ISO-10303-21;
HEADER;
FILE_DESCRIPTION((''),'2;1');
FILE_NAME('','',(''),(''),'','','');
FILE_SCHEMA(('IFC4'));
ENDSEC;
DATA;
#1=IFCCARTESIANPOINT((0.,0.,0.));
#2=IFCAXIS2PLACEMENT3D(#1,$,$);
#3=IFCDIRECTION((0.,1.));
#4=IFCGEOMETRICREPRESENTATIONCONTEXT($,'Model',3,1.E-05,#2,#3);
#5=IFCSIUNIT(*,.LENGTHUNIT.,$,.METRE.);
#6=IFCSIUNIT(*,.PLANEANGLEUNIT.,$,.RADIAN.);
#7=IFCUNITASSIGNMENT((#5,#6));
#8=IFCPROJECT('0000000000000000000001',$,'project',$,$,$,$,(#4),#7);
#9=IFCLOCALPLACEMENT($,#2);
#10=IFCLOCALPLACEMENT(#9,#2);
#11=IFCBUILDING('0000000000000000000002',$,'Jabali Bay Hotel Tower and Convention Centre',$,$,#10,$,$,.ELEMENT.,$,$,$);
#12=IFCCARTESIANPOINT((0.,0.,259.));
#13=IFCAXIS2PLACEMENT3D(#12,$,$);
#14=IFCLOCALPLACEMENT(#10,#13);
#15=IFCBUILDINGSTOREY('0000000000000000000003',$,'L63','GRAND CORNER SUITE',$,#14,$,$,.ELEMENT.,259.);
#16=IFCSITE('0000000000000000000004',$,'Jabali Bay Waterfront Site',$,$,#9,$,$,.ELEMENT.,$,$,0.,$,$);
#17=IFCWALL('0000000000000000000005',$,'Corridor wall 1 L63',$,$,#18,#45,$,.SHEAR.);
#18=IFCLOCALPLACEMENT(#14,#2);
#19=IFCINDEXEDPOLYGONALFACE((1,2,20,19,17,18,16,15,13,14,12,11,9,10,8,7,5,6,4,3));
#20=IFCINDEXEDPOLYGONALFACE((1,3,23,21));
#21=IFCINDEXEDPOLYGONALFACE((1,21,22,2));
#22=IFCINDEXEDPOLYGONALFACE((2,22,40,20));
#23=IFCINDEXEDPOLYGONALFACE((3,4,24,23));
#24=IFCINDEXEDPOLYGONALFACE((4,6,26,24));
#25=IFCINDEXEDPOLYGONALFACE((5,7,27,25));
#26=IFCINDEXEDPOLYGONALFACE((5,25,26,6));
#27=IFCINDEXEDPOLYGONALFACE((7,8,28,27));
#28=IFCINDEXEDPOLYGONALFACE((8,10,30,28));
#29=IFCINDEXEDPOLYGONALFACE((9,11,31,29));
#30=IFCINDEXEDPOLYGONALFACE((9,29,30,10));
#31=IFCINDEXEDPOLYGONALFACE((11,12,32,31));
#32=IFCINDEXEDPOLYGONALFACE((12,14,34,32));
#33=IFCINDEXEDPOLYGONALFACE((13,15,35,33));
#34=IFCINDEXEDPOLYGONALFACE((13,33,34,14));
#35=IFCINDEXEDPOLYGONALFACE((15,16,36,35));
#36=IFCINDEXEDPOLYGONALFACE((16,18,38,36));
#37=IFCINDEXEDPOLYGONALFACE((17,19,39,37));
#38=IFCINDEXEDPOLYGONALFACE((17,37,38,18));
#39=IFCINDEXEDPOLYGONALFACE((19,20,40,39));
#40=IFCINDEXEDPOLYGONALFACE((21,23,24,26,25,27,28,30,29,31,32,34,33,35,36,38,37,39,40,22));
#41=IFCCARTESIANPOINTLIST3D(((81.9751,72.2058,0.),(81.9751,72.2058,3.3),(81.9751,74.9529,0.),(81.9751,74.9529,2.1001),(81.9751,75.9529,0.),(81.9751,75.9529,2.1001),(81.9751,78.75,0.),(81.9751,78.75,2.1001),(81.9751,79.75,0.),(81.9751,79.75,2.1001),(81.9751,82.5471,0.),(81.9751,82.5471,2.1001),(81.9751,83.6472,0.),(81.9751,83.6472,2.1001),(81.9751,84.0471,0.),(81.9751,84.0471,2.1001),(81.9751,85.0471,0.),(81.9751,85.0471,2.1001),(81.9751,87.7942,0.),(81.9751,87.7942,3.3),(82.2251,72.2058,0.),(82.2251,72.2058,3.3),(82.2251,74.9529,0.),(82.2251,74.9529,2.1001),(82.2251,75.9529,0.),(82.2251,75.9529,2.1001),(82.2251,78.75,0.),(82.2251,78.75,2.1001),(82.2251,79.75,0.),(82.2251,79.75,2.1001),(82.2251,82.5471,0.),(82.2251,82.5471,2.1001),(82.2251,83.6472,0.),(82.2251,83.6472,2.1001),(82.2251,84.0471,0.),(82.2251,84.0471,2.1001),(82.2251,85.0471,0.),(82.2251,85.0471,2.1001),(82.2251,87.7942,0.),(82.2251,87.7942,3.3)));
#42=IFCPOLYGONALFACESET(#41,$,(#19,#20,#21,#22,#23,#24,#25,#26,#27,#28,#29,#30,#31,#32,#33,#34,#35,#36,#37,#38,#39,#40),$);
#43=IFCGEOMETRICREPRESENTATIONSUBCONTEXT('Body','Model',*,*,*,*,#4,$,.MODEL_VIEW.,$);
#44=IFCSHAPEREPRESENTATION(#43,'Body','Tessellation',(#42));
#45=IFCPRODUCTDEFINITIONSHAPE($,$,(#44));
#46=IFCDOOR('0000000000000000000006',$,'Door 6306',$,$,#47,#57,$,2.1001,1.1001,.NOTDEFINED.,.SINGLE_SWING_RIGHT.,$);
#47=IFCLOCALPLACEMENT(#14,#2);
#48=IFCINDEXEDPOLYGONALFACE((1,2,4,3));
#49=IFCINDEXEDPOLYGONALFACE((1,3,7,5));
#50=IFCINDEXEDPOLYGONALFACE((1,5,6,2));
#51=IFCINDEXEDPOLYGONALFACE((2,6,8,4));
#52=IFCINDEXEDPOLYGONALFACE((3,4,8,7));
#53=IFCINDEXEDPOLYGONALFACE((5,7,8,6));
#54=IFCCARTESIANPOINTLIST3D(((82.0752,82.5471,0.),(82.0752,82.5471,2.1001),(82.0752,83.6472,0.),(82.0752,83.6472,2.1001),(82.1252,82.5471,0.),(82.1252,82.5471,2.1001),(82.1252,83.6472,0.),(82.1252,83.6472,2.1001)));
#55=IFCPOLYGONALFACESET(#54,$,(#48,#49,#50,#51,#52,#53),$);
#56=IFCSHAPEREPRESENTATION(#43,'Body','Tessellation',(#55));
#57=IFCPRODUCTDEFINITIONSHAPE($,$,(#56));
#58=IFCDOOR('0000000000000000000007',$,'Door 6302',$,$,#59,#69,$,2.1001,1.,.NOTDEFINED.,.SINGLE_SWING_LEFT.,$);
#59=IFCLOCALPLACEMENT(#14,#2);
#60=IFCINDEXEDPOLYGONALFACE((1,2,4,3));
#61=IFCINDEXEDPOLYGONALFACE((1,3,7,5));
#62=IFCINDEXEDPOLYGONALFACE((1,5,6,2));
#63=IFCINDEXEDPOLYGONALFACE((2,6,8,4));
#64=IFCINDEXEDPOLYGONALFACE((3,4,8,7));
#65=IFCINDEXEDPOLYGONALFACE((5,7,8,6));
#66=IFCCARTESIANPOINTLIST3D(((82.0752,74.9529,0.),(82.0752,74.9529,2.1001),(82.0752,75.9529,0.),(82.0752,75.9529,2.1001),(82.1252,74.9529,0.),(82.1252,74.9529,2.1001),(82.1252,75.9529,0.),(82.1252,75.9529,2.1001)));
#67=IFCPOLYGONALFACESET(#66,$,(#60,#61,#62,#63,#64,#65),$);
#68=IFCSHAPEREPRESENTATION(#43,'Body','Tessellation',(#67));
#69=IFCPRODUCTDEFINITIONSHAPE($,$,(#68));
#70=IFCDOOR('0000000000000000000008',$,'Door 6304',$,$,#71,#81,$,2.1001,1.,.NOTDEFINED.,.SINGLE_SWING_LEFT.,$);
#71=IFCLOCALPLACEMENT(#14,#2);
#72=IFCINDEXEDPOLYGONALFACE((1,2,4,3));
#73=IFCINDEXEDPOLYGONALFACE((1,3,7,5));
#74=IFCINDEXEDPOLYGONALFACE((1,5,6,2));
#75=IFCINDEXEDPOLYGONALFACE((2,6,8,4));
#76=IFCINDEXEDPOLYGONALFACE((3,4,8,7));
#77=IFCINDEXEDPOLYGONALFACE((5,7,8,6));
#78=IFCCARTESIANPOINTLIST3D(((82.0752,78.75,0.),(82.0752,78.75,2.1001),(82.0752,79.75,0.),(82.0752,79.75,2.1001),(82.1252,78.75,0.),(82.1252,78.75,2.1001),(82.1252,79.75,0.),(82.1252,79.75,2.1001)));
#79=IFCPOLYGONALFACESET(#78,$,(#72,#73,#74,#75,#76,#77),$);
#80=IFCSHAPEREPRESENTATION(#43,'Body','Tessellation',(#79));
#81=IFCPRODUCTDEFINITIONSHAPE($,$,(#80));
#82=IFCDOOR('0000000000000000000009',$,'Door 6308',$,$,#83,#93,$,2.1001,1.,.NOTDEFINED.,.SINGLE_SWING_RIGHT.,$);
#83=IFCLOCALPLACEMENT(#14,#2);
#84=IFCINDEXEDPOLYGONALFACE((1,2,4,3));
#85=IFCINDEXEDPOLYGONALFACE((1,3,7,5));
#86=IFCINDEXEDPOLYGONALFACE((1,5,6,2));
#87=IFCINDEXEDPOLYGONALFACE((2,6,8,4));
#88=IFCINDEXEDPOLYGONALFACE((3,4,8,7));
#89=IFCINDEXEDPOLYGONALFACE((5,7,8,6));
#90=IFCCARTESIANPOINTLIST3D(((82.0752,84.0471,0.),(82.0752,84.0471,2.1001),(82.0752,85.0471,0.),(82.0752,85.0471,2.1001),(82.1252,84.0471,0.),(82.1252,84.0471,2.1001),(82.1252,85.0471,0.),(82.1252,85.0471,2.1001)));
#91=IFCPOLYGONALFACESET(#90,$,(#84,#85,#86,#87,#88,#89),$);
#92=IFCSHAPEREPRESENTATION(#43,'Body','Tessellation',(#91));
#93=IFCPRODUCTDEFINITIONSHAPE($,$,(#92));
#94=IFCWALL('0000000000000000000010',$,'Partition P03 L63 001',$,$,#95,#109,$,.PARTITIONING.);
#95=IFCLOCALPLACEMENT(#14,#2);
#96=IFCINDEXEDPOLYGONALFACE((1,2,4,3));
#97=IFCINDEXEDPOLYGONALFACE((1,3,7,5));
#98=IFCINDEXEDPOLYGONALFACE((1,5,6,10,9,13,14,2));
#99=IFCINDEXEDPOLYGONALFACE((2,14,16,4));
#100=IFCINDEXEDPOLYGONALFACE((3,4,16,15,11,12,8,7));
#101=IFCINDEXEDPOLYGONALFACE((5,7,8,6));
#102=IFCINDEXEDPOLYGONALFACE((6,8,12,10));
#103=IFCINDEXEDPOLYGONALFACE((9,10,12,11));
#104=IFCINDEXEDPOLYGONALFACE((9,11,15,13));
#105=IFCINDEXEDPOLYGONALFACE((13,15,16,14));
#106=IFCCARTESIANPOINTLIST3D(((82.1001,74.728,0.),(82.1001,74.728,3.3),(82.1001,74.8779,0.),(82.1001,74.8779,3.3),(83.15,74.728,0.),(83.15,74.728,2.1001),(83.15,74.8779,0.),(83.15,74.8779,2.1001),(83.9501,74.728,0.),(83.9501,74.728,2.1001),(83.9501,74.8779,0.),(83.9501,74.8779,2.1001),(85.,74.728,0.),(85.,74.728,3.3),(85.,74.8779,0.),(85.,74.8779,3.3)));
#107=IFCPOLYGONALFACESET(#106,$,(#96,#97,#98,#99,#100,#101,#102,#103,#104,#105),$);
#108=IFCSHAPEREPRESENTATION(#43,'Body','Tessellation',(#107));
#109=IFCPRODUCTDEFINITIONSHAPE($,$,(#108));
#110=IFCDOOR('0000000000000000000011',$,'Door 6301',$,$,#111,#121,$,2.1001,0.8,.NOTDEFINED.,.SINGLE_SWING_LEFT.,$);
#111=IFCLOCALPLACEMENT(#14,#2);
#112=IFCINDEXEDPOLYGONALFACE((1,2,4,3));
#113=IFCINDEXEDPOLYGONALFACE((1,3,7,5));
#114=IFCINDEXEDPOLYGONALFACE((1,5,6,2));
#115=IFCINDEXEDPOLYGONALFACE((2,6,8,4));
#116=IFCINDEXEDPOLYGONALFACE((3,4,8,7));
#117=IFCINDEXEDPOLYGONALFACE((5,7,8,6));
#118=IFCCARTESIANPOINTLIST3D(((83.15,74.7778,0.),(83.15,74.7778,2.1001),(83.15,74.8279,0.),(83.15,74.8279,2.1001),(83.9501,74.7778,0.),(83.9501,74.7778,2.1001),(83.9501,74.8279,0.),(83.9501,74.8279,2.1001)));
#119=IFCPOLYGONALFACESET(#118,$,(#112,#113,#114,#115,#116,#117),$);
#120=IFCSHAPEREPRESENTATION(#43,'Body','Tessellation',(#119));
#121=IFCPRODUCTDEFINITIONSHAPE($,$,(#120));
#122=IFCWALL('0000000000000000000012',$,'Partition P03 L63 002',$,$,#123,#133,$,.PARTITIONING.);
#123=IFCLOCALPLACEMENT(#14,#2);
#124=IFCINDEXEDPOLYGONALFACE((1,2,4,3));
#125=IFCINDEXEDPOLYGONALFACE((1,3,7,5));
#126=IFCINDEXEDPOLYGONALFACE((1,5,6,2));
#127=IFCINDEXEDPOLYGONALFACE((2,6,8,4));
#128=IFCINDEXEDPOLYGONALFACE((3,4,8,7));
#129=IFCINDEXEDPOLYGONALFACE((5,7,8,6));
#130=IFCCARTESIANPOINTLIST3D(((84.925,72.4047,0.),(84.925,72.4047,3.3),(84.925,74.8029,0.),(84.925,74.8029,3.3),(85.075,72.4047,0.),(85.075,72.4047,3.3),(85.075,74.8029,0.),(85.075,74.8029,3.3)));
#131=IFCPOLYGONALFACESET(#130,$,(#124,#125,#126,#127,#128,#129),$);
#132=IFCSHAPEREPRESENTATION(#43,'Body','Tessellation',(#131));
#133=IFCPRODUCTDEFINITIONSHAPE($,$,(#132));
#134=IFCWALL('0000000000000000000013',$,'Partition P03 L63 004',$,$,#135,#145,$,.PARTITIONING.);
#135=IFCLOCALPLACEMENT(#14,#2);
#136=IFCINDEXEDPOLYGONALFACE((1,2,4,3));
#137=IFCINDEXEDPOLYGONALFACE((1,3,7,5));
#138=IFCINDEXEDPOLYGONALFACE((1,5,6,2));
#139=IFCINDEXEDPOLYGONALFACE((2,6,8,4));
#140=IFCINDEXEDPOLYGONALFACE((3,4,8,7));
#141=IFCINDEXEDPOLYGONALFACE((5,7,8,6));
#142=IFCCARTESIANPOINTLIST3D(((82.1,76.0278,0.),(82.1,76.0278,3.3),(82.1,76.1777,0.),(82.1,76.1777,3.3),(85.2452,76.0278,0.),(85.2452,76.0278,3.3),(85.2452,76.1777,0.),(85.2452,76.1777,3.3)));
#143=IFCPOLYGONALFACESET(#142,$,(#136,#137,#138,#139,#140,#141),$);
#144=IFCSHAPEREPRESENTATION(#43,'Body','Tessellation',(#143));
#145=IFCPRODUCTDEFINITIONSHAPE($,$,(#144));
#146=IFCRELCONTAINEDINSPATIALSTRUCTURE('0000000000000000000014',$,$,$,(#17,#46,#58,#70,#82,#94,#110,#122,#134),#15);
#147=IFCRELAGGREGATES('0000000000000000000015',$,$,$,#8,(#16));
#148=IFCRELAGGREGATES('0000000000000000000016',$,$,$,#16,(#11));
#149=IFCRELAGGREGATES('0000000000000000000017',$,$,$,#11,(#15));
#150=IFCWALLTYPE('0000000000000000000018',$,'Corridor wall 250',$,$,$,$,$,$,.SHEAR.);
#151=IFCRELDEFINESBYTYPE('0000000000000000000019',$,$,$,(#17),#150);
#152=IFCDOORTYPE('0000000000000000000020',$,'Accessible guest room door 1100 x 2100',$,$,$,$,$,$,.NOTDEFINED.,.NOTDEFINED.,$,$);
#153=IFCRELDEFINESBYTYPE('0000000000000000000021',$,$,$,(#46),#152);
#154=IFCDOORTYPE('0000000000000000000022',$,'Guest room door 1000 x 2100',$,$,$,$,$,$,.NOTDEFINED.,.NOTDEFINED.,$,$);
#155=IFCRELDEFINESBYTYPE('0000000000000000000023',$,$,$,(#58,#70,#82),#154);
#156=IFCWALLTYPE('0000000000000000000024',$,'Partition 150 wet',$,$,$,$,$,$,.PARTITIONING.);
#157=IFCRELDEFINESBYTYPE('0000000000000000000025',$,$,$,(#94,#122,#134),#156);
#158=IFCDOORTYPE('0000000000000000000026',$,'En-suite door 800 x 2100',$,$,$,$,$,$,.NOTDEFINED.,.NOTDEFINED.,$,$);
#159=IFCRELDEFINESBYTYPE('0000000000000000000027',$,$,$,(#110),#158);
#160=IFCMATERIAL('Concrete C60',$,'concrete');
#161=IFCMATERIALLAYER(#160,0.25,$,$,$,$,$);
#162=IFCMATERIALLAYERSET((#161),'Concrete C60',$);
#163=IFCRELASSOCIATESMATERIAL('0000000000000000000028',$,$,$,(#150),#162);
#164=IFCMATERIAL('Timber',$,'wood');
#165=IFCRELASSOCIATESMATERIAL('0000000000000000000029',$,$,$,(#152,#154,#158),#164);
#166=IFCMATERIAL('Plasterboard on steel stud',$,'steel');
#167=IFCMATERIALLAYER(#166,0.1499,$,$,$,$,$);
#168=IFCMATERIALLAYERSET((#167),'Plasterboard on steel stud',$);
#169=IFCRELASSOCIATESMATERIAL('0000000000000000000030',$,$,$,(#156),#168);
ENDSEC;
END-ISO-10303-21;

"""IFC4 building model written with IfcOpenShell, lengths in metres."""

from ifc_helpers import new_model, si_unit, direction, frame, frame_2d, origin, place, context, subcontext, project, spatial, rectangle, extrude, material, layer, layer_set, type_object, element, fill, save


model = new_model("IFC4")

# Units and contexts
model_context = context("Model", 3, precision=1e-05, world=origin(), true_north=direction((0.0, 1.0)))
body_context = subcontext(model_context, "Body", "Model", "MODEL_VIEW")
ifc_project = project(units=[si_unit("LENGTHUNIT", "METRE"), si_unit("PLANEANGLEUNIT", "RADIAN")], contexts=[model_context])

# Site, building, storey
site_placement = place(None, origin())
site = spatial("IfcSite", under=ifc_project, at=site_placement, Name="Jabali Bay Waterfront Site", CompositionType="ELEMENT", RefElevation=0.0)
building_placement = place(site_placement, origin())
building = spatial("IfcBuilding", under=site, at=building_placement, Name="Jabali Bay Hotel Tower and Convention Centre", CompositionType="ELEMENT")
storey_placement = place(building_placement, frame((0.0, 0.0, 259.0)))
storey = spatial("IfcBuildingStorey", under=building, at=storey_placement, Name="L63", Description="GRAND CORNER SUITE", CompositionType="ELEMENT", Elevation=259.0)

# Shared definitions
ifc_material_1 = material(Name="Concrete C60", Category="concrete")

# Wall, openings, doors
ifc_layer_1 = layer(ifc_material_1, 0.25)
ifc_layer_set_1 = layer_set([ifc_layer_1], Name="Concrete C60")
wall_type_1 = type_object("IfcWallType", Name="Corridor wall 250", PredefinedType="SHEAR", material=ifc_layer_set_1)
wall_1_placement = place(storey_placement, frame((82.1001, 72.2058, 0.0), z_axis=(0.0, 0.0, 1.0), x_axis=(0.0, 1.0, 0.0)))
wall_1 = element("IfcWall", 1, at=wall_1_placement, inside=storey, type_object=wall_type_1, Name="Corridor wall 1 L63", PredefinedType="SHEAR", context=body_context, shape_type="SweptSolid", body=[
    extrude(rectangle(XDim=15.5884, YDim=0.25, at=frame_2d((7.7942, 0.0))), origin(), (0.0, 0.0, 1.0), 3.3),
])
opening_1_placement = place(wall_1_placement, frame((2.7471, 0.0, 0.0)))
opening_1 = element("IfcOpeningElement", 2, at=opening_1_placement, cuts=wall_1, PredefinedType="OPENING", context=body_context, shape_type="SweptSolid", body=[
    extrude(rectangle(XDim=1.0, YDim=2.1001, at=frame_2d((0.5, 1.05))), frame((0.0, 0.1355, 0.0), z_axis=(0.0, -1.0, 0.0), x_axis=(1.0, 0.0, 0.0)), (0.0, 0.0, 1.0), 0.271),
])
opening_2_placement = place(wall_1_placement, frame((6.5442, 0.0, 0.0)))
opening_2 = element("IfcOpeningElement", 3, at=opening_2_placement, cuts=wall_1, PredefinedType="OPENING", context=body_context, shape_type="SweptSolid", body=[
    extrude(rectangle(XDim=1.0, YDim=2.1001, at=frame_2d((0.5, 1.05))), frame((0.0, 0.1355, 0.0), z_axis=(0.0, -1.0, 0.0), x_axis=(1.0, 0.0, 0.0)), (0.0, 0.0, 1.0), 0.271),
])
opening_3_placement = place(wall_1_placement, frame((10.3413, 0.0, 0.0)))
opening_3 = element("IfcOpeningElement", 4, at=opening_3_placement, cuts=wall_1, PredefinedType="OPENING", context=body_context, shape_type="SweptSolid", body=[
    extrude(rectangle(XDim=1.1001, YDim=2.1001, at=frame_2d((0.55, 1.05))), frame((0.0, 0.1355, 0.0), z_axis=(0.0, -1.0, 0.0), x_axis=(1.0, 0.0, 0.0)), (0.0, 0.0, 1.0), 0.271),
])
opening_4_placement = place(wall_1_placement, frame((11.8413, 0.0, 0.0)))
opening_4 = element("IfcOpeningElement", 5, at=opening_4_placement, cuts=wall_1, PredefinedType="OPENING", context=body_context, shape_type="SweptSolid", body=[
    extrude(rectangle(XDim=1.0, YDim=2.1001, at=frame_2d((0.5, 1.05))), frame((0.0, 0.1355, 0.0), z_axis=(0.0, -1.0, 0.0), x_axis=(1.0, 0.0, 0.0)), (0.0, 0.0, 1.0), 0.271),
])
ifc_material_2 = material(Name="Timber", Category="wood")
door_type_1 = type_object("IfcDoorType", Name="Accessible guest room door 1100 x 2100", OperationType="NOTDEFINED", PredefinedType="NOTDEFINED", material=ifc_material_2)
door_1_placement = place(opening_3_placement, origin())
door_1 = element("IfcDoor", 6, at=door_1_placement, inside=storey, type_object=door_type_1, Name="Door 6306", OperationType="SINGLE_SWING_RIGHT", OverallHeight=2.1001, OverallWidth=1.1001, PredefinedType="NOTDEFINED", context=body_context, shape_type="SweptSolid", body=[
    extrude(rectangle(XDim=1.1001, YDim=2.1001, at=frame_2d((0.55, 1.05))), frame((0.0, 0.0249, 0.0), z_axis=(0.0, -1.0, 0.0), x_axis=(1.0, 0.0, 0.0)), (0.0, 0.0, 1.0), 0.05),
])
fill(opening_3, door_1)
door_type_2 = type_object("IfcDoorType", Name="Guest room door 1000 x 2100", OperationType="NOTDEFINED", PredefinedType="NOTDEFINED", material=ifc_material_2)
door_2_placement = place(opening_1_placement, origin())
door_2 = element("IfcDoor", 7, at=door_2_placement, inside=storey, type_object=door_type_2, Name="Door 6302", OperationType="SINGLE_SWING_LEFT", OverallHeight=2.1001, OverallWidth=1.0, PredefinedType="NOTDEFINED", context=body_context, shape_type="SweptSolid", body=[
    extrude(rectangle(XDim=1.0, YDim=2.1001, at=frame_2d((0.5, 1.05))), frame((0.0, 0.0249, 0.0), z_axis=(0.0, -1.0, 0.0), x_axis=(1.0, 0.0, 0.0)), (0.0, 0.0, 1.0), 0.05),
])
fill(opening_1, door_2)
door_3_placement = place(opening_2_placement, origin())
door_3 = element("IfcDoor", 8, at=door_3_placement, inside=storey, type_object=door_type_2, Name="Door 6304", OperationType="SINGLE_SWING_LEFT", OverallHeight=2.1001, OverallWidth=1.0, PredefinedType="NOTDEFINED", context=body_context, shape_type="SweptSolid", body=[
    extrude(rectangle(XDim=1.0, YDim=2.1001, at=frame_2d((0.5, 1.05))), frame((0.0, 0.0249, 0.0), z_axis=(0.0, -1.0, 0.0), x_axis=(1.0, 0.0, 0.0)), (0.0, 0.0, 1.0), 0.05),
])
fill(opening_2, door_3)
door_4_placement = place(opening_4_placement, origin())
door_4 = element("IfcDoor", 9, at=door_4_placement, inside=storey, type_object=door_type_2, Name="Door 6308", OperationType="SINGLE_SWING_RIGHT", OverallHeight=2.1001, OverallWidth=1.0, PredefinedType="NOTDEFINED", context=body_context, shape_type="SweptSolid", body=[
    extrude(rectangle(XDim=1.0, YDim=2.1001, at=frame_2d((0.5, 1.05))), frame((0.0, 0.0249, 0.0), z_axis=(0.0, -1.0, 0.0), x_axis=(1.0, 0.0, 0.0)), (0.0, 0.0, 1.0), 0.05),
])
fill(opening_4, door_4)

# Wall, opening, door
ifc_material_3 = material(Name="Plasterboard on steel stud", Category="steel")
ifc_layer_2 = layer(ifc_material_3, 0.1499)
ifc_layer_set_2 = layer_set([ifc_layer_2], Name="Plasterboard on steel stud")
wall_type_2 = type_object("IfcWallType", Name="Partition 150 wet", PredefinedType="PARTITIONING", material=ifc_layer_set_2)
wall_2_placement = place(storey_placement, frame((82.1001, 74.803, 0.0), z_axis=(0.0, 0.0, 1.0), x_axis=(1.0, 0.0, 0.0)))
wall_2 = element("IfcWall", 10, at=wall_2_placement, inside=storey, type_object=wall_type_2, Name="Partition P03 L63 001", PredefinedType="PARTITIONING", context=body_context, shape_type="SweptSolid", body=[
    extrude(rectangle(XDim=2.8999, YDim=0.1499, at=frame_2d((1.45, 0.0))), origin(), (0.0, 0.0, 1.0), 3.3),
])
opening_5_placement = place(wall_2_placement, frame((1.05, 0.0, 0.0)))
opening_5 = element("IfcOpeningElement", 11, at=opening_5_placement, cuts=wall_2, PredefinedType="OPENING", context=body_context, shape_type="SweptSolid", body=[
    extrude(rectangle(XDim=0.8, YDim=2.1001, at=frame_2d((0.3999, 1.05))), frame((0.0, 0.0854, 0.0), z_axis=(0.0, -1.0, 0.0), x_axis=(1.0, 0.0, 0.0)), (0.0, 0.0, 1.0), 0.1709),
])
door_type_3 = type_object("IfcDoorType", Name="En-suite door 800 x 2100", OperationType="NOTDEFINED", PredefinedType="NOTDEFINED", material=ifc_material_2)
door_5_placement = place(opening_5_placement, origin())
door_5 = element("IfcDoor", 12, at=door_5_placement, inside=storey, type_object=door_type_3, Name="Door 6301", OperationType="SINGLE_SWING_LEFT", OverallHeight=2.1001, OverallWidth=0.8, PredefinedType="NOTDEFINED", context=body_context, shape_type="SweptSolid", body=[
    extrude(rectangle(XDim=0.8, YDim=2.1001, at=frame_2d((0.3999, 1.05))), frame((0.0, 0.0249, 0.0), z_axis=(0.0, -1.0, 0.0), x_axis=(1.0, 0.0, 0.0)), (0.0, 0.0, 1.0), 0.05),
])
fill(opening_5, door_5)

# Walls
wall_3_placement = place(storey_placement, frame((85.0, 74.803, 0.0), z_axis=(0.0, 0.0, 1.0), x_axis=(0.0, -1.0, 0.0)))
element("IfcWall", 13, at=wall_3_placement, inside=storey, type_object=wall_type_2, Name="Partition P03 L63 002", PredefinedType="PARTITIONING", context=body_context, shape_type="SweptSolid", body=[
    extrude(rectangle(XDim=2.3982, YDim=0.1499, at=frame_2d((1.1992, 0.0))), origin(), (0.0, 0.0, 1.0), 3.3),
])
wall_4_placement = place(storey_placement, frame((85.2454, 76.1028, 0.0), z_axis=(0.0, 0.0, 1.0), x_axis=(-1.0, 0.0, 0.0)))
element("IfcWall", 14, at=wall_4_placement, inside=storey, type_object=wall_type_2, Name="Partition P03 L63 004", PredefinedType="PARTITIONING", context=body_context, shape_type="SweptSolid", body=[
    extrude(rectangle(XDim=3.1453, YDim=0.1499, at=frame_2d((1.5728, 0.0))), origin(), (0.0, 0.0, 1.0), 3.3),
])

save(model, "model.ifc")
